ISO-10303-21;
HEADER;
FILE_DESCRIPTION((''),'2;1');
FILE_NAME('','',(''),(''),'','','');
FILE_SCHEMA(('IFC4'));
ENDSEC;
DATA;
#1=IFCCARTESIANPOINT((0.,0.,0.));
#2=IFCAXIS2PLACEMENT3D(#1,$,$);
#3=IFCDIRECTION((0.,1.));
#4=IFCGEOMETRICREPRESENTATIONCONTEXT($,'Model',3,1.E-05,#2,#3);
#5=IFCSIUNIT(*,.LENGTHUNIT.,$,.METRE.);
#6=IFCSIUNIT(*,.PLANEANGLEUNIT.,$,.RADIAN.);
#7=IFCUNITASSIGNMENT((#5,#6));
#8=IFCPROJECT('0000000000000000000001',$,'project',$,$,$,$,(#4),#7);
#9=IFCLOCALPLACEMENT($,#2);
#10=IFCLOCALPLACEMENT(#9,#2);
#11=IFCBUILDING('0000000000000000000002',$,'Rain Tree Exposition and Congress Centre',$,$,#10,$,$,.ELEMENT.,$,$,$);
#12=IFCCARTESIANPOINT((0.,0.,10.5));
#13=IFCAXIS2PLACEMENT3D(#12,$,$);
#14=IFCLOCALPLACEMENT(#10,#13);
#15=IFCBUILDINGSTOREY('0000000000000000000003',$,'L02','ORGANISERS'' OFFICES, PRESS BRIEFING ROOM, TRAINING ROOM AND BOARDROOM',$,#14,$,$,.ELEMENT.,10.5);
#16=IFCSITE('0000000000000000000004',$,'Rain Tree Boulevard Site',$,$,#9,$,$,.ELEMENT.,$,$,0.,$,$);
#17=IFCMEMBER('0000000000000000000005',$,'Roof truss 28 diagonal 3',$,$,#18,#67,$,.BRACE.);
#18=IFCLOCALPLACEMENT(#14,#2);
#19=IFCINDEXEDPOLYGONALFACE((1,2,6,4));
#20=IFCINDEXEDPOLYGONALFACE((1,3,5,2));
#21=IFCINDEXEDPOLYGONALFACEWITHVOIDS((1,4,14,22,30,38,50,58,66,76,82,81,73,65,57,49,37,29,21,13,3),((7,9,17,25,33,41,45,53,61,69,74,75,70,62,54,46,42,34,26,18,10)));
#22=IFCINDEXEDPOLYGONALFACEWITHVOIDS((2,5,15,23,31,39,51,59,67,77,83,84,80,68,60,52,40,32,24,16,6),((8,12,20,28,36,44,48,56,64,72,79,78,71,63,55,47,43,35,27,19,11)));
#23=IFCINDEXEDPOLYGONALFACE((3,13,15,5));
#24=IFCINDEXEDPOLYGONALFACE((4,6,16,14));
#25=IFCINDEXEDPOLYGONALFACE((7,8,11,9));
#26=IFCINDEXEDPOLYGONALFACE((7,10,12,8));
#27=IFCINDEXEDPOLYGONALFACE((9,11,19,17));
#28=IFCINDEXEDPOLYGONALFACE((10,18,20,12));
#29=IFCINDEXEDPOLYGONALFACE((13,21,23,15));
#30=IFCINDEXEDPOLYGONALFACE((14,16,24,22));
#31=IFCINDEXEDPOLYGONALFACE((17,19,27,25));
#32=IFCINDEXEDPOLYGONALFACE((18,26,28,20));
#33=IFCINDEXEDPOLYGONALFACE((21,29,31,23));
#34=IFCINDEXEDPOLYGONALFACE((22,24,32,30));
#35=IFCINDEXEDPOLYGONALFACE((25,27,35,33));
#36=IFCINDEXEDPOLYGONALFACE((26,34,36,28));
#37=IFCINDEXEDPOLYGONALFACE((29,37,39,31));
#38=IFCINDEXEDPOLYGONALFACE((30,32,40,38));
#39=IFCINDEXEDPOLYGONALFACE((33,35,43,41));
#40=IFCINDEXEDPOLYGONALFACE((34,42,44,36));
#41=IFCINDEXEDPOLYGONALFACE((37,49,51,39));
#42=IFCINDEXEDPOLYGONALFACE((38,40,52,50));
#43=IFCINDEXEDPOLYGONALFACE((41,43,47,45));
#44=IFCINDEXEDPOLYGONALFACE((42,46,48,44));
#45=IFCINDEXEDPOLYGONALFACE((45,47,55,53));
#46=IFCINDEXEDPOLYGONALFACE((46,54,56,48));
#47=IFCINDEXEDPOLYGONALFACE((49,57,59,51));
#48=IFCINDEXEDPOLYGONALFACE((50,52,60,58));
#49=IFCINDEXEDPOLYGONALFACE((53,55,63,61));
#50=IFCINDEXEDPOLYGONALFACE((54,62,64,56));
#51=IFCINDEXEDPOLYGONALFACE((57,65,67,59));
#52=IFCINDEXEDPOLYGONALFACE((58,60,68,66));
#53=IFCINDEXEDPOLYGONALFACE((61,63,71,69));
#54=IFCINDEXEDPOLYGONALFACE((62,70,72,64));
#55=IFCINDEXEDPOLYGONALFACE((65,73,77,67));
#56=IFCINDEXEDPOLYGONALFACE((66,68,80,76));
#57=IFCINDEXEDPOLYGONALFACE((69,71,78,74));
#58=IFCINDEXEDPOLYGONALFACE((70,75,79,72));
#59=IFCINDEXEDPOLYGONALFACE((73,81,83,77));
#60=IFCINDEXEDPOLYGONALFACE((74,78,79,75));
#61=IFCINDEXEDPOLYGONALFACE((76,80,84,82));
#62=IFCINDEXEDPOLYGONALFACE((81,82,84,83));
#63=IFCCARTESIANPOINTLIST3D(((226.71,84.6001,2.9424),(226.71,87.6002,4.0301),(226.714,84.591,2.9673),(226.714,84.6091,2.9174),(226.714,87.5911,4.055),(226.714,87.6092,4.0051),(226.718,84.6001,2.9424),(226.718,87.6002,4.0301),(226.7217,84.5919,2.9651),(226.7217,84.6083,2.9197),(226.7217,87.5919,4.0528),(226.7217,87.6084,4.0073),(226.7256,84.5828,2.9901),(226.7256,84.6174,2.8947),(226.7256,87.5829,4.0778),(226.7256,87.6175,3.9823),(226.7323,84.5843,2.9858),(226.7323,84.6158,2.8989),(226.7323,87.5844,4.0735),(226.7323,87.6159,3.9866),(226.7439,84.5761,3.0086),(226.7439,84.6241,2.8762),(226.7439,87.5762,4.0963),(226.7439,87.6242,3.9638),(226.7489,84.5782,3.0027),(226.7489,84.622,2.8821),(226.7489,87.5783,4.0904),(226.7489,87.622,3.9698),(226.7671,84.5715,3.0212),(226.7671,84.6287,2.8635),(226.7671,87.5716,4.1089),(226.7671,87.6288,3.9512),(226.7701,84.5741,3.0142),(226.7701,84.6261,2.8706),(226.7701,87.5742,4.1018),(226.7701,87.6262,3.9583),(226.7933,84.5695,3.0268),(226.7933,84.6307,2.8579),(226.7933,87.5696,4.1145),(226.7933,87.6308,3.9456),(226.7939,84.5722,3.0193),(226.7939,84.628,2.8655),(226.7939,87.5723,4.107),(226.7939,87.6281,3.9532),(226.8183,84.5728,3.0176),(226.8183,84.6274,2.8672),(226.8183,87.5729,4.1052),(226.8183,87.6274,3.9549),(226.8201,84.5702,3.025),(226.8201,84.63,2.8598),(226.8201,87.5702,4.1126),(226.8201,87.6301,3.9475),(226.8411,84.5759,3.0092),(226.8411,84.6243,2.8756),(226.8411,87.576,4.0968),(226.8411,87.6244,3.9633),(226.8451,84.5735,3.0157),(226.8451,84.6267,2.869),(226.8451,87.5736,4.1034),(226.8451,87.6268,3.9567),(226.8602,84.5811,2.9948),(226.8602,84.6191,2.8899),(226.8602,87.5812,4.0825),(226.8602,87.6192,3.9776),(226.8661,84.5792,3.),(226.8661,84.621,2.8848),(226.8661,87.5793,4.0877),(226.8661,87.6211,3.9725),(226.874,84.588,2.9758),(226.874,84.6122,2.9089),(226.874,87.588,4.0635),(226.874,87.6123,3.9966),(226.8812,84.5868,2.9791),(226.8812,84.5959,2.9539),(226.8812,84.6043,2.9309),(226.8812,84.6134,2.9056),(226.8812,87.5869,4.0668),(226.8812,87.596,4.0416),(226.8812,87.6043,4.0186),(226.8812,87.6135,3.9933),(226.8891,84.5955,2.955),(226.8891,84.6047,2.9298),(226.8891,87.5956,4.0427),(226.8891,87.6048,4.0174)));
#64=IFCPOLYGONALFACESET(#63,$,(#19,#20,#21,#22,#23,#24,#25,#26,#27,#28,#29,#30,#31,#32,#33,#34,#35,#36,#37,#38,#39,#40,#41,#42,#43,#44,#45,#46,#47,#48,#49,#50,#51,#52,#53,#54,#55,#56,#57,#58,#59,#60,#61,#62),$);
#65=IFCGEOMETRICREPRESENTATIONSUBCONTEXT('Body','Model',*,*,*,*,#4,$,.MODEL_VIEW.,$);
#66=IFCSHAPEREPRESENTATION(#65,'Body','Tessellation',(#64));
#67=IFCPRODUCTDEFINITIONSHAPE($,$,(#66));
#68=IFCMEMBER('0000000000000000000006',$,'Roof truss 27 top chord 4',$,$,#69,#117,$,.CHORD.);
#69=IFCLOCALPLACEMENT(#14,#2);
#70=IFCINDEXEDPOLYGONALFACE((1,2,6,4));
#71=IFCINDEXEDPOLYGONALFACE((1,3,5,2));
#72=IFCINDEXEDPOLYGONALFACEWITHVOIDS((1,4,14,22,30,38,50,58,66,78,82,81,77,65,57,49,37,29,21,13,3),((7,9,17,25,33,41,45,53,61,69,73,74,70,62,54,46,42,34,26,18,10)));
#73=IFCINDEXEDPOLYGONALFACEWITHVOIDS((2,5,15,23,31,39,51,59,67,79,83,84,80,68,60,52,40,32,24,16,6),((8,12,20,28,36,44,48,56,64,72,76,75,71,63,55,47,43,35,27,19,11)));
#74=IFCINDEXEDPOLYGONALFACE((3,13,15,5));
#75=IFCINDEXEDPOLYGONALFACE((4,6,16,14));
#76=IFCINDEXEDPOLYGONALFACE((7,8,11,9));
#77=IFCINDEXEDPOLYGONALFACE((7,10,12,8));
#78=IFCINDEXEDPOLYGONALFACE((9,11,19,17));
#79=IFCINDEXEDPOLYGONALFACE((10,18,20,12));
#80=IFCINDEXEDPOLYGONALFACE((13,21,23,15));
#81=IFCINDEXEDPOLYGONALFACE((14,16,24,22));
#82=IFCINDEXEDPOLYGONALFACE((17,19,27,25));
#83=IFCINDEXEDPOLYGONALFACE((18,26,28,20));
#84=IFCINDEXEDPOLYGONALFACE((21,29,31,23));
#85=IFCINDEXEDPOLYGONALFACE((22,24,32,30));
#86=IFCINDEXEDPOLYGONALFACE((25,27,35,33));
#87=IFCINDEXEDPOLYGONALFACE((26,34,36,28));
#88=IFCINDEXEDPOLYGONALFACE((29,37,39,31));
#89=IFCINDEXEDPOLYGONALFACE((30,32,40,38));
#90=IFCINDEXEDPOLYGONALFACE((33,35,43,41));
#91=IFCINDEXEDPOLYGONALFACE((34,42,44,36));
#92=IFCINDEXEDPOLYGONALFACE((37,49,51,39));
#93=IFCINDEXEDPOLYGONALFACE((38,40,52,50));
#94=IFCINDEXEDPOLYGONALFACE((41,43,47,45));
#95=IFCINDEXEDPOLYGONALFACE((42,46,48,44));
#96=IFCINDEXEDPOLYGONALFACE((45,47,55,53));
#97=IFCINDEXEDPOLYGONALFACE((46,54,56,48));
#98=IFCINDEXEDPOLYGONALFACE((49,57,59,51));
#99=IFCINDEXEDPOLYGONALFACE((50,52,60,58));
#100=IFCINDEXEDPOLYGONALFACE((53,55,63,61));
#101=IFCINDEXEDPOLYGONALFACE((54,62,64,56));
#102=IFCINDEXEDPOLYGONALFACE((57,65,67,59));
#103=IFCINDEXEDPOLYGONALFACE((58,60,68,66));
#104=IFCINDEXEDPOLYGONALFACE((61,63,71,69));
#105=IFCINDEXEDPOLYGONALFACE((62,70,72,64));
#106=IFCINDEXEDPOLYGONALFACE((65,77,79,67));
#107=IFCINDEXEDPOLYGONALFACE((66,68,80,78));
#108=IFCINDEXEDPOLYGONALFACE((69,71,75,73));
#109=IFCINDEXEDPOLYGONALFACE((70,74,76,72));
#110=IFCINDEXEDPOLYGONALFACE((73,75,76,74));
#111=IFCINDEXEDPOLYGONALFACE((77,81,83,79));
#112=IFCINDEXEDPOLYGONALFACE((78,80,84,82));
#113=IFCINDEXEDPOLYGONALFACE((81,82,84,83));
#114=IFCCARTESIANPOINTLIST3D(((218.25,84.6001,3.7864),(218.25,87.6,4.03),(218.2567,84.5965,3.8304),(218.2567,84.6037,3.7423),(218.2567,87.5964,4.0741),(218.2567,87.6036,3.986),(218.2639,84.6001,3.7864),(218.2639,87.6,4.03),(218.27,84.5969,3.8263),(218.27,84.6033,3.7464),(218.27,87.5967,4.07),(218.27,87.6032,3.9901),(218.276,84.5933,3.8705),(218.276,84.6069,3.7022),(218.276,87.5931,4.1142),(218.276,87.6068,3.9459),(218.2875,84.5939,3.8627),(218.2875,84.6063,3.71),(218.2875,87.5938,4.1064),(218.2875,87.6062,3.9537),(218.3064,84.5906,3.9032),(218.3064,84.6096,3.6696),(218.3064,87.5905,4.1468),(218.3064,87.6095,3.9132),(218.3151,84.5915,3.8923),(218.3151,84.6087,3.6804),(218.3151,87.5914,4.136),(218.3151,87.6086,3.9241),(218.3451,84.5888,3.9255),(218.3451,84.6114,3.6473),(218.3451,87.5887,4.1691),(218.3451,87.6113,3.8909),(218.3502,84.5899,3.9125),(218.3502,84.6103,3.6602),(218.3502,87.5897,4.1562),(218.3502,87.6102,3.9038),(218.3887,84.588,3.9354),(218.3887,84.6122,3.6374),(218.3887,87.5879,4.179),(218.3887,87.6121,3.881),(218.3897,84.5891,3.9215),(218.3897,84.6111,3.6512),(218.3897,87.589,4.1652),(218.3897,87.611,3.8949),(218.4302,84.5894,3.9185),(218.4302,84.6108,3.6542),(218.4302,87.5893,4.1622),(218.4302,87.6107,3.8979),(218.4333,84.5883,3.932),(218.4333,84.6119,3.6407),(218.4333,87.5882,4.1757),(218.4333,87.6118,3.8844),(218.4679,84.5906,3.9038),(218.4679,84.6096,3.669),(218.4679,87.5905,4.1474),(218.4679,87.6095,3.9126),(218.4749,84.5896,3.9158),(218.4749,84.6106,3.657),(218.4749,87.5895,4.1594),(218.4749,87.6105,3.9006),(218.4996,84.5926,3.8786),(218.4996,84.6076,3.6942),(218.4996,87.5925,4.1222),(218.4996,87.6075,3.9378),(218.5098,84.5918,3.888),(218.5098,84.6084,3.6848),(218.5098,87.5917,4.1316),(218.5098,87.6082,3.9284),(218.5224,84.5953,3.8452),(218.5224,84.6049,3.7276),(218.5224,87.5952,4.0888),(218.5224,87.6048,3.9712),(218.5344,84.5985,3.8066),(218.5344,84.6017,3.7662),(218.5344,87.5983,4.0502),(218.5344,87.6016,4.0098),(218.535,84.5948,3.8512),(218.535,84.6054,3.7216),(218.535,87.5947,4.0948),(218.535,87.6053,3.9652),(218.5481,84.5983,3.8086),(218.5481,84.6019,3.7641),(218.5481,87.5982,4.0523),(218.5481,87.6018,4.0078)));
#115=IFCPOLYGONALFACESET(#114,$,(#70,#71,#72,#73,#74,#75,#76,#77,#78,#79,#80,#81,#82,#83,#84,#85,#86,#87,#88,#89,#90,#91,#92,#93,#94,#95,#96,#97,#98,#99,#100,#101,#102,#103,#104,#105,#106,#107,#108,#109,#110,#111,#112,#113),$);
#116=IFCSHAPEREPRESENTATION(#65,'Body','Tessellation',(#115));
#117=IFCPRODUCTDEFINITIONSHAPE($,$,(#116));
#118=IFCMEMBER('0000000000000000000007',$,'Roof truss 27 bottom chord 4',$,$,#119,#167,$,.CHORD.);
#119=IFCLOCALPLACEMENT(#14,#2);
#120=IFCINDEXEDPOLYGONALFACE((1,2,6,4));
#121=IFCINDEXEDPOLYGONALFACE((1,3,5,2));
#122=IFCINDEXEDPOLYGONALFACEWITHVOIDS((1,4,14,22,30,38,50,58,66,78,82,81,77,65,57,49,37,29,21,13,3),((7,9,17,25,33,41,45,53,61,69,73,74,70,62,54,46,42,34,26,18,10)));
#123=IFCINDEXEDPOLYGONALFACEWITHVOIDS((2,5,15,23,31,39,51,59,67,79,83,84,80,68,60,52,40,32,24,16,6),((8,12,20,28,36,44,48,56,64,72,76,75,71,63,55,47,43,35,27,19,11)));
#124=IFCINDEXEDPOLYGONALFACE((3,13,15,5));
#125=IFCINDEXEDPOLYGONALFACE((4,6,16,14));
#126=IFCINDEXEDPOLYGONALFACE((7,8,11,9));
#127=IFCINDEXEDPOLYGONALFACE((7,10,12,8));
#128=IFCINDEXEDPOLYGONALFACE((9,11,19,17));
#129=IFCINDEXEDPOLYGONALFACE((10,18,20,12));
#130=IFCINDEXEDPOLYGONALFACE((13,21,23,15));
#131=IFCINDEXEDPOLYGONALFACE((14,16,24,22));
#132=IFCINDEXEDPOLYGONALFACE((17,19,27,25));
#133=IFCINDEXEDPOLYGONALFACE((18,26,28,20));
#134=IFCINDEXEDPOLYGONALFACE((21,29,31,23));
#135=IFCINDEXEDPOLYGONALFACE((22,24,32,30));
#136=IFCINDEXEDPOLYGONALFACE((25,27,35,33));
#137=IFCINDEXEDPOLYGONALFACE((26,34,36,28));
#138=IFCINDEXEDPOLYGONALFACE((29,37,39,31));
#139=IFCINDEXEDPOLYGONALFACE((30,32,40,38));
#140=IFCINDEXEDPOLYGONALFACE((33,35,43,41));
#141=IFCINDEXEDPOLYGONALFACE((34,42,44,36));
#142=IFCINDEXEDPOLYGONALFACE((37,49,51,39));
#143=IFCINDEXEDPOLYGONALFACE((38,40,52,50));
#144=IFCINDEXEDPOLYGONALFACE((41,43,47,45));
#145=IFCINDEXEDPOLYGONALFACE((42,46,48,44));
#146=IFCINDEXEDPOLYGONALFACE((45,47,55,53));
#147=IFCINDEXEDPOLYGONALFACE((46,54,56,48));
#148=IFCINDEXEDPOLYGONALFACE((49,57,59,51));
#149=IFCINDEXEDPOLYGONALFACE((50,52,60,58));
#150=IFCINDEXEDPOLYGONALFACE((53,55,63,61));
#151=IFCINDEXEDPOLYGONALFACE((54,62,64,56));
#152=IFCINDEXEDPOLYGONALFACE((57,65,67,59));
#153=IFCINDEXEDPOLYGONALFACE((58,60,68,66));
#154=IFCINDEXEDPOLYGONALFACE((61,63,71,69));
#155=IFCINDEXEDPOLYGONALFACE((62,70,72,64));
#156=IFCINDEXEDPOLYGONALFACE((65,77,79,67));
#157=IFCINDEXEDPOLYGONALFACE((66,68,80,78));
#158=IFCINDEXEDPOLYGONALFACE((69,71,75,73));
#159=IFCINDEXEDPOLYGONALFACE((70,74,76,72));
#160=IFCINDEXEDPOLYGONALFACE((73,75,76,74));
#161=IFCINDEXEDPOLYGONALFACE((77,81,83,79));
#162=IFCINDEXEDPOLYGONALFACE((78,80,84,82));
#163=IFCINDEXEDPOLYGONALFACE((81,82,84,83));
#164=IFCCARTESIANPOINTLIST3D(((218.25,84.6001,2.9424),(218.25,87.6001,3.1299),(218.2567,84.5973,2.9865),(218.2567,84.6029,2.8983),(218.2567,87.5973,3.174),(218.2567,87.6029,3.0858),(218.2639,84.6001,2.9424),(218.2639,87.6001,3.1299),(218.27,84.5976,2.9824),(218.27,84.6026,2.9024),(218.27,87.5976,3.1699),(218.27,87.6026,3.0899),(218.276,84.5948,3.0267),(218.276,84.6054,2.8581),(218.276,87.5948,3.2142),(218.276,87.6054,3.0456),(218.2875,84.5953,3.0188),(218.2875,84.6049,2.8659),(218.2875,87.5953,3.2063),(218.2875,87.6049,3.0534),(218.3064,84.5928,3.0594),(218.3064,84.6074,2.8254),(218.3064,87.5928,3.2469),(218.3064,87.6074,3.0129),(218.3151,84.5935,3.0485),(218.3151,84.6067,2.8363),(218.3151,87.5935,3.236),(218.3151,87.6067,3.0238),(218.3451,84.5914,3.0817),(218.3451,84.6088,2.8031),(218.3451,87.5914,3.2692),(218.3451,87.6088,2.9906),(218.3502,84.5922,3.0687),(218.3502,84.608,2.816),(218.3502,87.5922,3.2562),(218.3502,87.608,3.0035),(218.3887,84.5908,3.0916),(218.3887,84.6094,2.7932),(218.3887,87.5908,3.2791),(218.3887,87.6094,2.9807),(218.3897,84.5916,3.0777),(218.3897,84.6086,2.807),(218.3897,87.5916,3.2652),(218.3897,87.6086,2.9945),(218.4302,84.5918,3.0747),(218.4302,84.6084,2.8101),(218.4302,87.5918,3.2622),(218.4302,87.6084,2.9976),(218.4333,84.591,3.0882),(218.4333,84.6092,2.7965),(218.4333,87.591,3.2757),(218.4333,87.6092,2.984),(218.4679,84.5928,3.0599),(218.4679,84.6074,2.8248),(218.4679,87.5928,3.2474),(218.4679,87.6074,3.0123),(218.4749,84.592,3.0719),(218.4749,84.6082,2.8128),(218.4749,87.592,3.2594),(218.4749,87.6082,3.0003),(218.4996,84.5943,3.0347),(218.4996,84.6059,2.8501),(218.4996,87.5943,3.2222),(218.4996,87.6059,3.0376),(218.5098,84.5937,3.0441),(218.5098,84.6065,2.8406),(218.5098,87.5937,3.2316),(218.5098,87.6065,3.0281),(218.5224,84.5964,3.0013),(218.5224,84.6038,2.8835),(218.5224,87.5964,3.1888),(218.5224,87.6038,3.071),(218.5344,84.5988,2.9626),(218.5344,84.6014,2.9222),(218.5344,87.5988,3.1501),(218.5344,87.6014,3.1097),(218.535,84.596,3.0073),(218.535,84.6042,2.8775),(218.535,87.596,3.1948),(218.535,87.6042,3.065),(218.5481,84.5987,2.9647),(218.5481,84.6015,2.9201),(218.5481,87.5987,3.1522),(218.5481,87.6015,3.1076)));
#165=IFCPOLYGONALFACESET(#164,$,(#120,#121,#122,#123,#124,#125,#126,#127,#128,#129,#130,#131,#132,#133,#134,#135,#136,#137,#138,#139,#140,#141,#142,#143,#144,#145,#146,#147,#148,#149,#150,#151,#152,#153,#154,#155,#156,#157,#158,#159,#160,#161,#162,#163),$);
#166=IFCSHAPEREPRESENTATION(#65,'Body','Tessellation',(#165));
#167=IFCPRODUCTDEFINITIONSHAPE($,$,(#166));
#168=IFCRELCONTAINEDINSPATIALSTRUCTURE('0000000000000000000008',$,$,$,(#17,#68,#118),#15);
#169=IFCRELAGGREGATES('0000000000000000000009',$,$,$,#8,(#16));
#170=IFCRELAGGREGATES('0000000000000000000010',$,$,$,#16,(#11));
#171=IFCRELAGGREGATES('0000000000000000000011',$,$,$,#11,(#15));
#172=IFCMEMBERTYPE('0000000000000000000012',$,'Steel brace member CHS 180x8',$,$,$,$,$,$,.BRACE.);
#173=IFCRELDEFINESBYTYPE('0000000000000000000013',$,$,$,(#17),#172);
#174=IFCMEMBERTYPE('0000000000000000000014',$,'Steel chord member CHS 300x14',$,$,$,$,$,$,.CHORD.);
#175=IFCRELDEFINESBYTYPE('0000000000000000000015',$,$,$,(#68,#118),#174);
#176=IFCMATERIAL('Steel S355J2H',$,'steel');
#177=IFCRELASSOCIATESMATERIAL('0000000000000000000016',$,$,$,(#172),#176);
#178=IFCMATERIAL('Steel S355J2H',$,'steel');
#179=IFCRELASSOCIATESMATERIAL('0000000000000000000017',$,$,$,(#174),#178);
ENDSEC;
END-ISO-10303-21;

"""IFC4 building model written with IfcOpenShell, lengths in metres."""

from ifc_helpers import new_model, si_unit, direction, frame, origin, origin_2d, place, context, subcontext, project, spatial, hollow_circle, extrude, material, material_profile, profile_set, type_object, element, save


model = new_model("IFC4")

# Units and contexts
model_context = context("Model", 3, precision=1e-05, world=origin(), true_north=direction((0.0, 1.0)))
body_context = subcontext(model_context, "Body", "Model", "MODEL_VIEW")
ifc_project = project(units=[si_unit("LENGTHUNIT", "METRE"), si_unit("PLANEANGLEUNIT", "RADIAN")], contexts=[model_context])

# Site, building, storey
site_placement = place(None, origin())
site = spatial("IfcSite", under=ifc_project, at=site_placement, Name="Rain Tree Boulevard Site", CompositionType="ELEMENT", RefElevation=0.0)
building_placement = place(site_placement, origin())
building = spatial("IfcBuilding", under=site, at=building_placement, Name="Rain Tree Exposition and Congress Centre", CompositionType="ELEMENT")
storey_placement = place(building_placement, frame((0.0, 0.0, 10.5)))
storey = spatial("IfcBuildingStorey", under=building, at=storey_placement, Name="L02", Description="ORGANISERS' OFFICES, PRESS BRIEFING ROOM, TRAINING ROOM AND BOARDROOM", CompositionType="ELEMENT", Elevation=10.5)

# Members
ifc_material_1 = material(Name="Steel S355J2H", Category="steel")
ifc_material_profile_1 = material_profile(ifc_material_1, hollow_circle(Radius=0.0901, WallThickness=0.0081, at=origin_2d()), Name="CHS 180x8")
ifc_profile_set_1 = profile_set([ifc_material_profile_1], Name="Steel S355J2H")
member_type_1 = type_object("IfcMemberType", Name="Steel brace member CHS 180x8", PredefinedType="BRACE", material=ifc_profile_set_1)
member_1_placement = place(storey_placement, frame((226.8, 84.6001, 2.9424), z_axis=(0.0, 0.940121, 0.34084), x_axis=(-1.0, 0.0, 0.0)))
element("IfcMember", 1, at=member_1_placement, inside=storey, type_object=member_type_1, Name="Roof truss 28 diagonal 3", PredefinedType="BRACE", context=body_context, shape_type="SweptSolid", body=[
    extrude(hollow_circle(Radius=0.0901, WallThickness=0.0081, at=origin_2d()), origin(), (0.0, 0.0, 1.0), 3.1912),
])
ifc_material_2 = material(Name="Steel S355J2H", Category="steel")
ifc_material_profile_2 = material_profile(ifc_material_2, hollow_circle(Radius=0.1499, WallThickness=0.0139, at=origin_2d()), Name="CHS 300x14")
ifc_profile_set_2 = profile_set([ifc_material_profile_2], Name="Steel S355J2H")
member_type_2 = type_object("IfcMemberType", Name="Steel chord member CHS 300x14", PredefinedType="CHORD", material=ifc_profile_set_2)
member_2_placement = place(storey_placement, frame((218.3999, 84.6001, 3.7864), z_axis=(0.0, 0.996718, 0.080951), x_axis=(-1.0, 0.0, 0.0)))
element("IfcMember", 2, at=member_2_placement, inside=storey, type_object=member_type_2, Name="Roof truss 27 top chord 4", PredefinedType="CHORD", context=body_context, shape_type="SweptSolid", body=[
    extrude(hollow_circle(Radius=0.1499, WallThickness=0.0139, at=origin_2d()), origin(), (0.0, 0.0, 1.0), 3.0098),
])
member_3_placement = place(storey_placement, frame((218.3999, 84.6001, 2.9424), z_axis=(0.0, 0.998053, 0.062378), x_axis=(-1.0, 0.0, 0.0)))
element("IfcMember", 3, at=member_3_placement, inside=storey, type_object=member_type_2, Name="Roof truss 27 bottom chord 4", PredefinedType="CHORD", context=body_context, shape_type="SweptSolid", body=[
    extrude(hollow_circle(Radius=0.1499, WallThickness=0.0139, at=origin_2d()), origin(), (0.0, 0.0, 1.0), 3.0059),
])

save(model, "model.ifc")
